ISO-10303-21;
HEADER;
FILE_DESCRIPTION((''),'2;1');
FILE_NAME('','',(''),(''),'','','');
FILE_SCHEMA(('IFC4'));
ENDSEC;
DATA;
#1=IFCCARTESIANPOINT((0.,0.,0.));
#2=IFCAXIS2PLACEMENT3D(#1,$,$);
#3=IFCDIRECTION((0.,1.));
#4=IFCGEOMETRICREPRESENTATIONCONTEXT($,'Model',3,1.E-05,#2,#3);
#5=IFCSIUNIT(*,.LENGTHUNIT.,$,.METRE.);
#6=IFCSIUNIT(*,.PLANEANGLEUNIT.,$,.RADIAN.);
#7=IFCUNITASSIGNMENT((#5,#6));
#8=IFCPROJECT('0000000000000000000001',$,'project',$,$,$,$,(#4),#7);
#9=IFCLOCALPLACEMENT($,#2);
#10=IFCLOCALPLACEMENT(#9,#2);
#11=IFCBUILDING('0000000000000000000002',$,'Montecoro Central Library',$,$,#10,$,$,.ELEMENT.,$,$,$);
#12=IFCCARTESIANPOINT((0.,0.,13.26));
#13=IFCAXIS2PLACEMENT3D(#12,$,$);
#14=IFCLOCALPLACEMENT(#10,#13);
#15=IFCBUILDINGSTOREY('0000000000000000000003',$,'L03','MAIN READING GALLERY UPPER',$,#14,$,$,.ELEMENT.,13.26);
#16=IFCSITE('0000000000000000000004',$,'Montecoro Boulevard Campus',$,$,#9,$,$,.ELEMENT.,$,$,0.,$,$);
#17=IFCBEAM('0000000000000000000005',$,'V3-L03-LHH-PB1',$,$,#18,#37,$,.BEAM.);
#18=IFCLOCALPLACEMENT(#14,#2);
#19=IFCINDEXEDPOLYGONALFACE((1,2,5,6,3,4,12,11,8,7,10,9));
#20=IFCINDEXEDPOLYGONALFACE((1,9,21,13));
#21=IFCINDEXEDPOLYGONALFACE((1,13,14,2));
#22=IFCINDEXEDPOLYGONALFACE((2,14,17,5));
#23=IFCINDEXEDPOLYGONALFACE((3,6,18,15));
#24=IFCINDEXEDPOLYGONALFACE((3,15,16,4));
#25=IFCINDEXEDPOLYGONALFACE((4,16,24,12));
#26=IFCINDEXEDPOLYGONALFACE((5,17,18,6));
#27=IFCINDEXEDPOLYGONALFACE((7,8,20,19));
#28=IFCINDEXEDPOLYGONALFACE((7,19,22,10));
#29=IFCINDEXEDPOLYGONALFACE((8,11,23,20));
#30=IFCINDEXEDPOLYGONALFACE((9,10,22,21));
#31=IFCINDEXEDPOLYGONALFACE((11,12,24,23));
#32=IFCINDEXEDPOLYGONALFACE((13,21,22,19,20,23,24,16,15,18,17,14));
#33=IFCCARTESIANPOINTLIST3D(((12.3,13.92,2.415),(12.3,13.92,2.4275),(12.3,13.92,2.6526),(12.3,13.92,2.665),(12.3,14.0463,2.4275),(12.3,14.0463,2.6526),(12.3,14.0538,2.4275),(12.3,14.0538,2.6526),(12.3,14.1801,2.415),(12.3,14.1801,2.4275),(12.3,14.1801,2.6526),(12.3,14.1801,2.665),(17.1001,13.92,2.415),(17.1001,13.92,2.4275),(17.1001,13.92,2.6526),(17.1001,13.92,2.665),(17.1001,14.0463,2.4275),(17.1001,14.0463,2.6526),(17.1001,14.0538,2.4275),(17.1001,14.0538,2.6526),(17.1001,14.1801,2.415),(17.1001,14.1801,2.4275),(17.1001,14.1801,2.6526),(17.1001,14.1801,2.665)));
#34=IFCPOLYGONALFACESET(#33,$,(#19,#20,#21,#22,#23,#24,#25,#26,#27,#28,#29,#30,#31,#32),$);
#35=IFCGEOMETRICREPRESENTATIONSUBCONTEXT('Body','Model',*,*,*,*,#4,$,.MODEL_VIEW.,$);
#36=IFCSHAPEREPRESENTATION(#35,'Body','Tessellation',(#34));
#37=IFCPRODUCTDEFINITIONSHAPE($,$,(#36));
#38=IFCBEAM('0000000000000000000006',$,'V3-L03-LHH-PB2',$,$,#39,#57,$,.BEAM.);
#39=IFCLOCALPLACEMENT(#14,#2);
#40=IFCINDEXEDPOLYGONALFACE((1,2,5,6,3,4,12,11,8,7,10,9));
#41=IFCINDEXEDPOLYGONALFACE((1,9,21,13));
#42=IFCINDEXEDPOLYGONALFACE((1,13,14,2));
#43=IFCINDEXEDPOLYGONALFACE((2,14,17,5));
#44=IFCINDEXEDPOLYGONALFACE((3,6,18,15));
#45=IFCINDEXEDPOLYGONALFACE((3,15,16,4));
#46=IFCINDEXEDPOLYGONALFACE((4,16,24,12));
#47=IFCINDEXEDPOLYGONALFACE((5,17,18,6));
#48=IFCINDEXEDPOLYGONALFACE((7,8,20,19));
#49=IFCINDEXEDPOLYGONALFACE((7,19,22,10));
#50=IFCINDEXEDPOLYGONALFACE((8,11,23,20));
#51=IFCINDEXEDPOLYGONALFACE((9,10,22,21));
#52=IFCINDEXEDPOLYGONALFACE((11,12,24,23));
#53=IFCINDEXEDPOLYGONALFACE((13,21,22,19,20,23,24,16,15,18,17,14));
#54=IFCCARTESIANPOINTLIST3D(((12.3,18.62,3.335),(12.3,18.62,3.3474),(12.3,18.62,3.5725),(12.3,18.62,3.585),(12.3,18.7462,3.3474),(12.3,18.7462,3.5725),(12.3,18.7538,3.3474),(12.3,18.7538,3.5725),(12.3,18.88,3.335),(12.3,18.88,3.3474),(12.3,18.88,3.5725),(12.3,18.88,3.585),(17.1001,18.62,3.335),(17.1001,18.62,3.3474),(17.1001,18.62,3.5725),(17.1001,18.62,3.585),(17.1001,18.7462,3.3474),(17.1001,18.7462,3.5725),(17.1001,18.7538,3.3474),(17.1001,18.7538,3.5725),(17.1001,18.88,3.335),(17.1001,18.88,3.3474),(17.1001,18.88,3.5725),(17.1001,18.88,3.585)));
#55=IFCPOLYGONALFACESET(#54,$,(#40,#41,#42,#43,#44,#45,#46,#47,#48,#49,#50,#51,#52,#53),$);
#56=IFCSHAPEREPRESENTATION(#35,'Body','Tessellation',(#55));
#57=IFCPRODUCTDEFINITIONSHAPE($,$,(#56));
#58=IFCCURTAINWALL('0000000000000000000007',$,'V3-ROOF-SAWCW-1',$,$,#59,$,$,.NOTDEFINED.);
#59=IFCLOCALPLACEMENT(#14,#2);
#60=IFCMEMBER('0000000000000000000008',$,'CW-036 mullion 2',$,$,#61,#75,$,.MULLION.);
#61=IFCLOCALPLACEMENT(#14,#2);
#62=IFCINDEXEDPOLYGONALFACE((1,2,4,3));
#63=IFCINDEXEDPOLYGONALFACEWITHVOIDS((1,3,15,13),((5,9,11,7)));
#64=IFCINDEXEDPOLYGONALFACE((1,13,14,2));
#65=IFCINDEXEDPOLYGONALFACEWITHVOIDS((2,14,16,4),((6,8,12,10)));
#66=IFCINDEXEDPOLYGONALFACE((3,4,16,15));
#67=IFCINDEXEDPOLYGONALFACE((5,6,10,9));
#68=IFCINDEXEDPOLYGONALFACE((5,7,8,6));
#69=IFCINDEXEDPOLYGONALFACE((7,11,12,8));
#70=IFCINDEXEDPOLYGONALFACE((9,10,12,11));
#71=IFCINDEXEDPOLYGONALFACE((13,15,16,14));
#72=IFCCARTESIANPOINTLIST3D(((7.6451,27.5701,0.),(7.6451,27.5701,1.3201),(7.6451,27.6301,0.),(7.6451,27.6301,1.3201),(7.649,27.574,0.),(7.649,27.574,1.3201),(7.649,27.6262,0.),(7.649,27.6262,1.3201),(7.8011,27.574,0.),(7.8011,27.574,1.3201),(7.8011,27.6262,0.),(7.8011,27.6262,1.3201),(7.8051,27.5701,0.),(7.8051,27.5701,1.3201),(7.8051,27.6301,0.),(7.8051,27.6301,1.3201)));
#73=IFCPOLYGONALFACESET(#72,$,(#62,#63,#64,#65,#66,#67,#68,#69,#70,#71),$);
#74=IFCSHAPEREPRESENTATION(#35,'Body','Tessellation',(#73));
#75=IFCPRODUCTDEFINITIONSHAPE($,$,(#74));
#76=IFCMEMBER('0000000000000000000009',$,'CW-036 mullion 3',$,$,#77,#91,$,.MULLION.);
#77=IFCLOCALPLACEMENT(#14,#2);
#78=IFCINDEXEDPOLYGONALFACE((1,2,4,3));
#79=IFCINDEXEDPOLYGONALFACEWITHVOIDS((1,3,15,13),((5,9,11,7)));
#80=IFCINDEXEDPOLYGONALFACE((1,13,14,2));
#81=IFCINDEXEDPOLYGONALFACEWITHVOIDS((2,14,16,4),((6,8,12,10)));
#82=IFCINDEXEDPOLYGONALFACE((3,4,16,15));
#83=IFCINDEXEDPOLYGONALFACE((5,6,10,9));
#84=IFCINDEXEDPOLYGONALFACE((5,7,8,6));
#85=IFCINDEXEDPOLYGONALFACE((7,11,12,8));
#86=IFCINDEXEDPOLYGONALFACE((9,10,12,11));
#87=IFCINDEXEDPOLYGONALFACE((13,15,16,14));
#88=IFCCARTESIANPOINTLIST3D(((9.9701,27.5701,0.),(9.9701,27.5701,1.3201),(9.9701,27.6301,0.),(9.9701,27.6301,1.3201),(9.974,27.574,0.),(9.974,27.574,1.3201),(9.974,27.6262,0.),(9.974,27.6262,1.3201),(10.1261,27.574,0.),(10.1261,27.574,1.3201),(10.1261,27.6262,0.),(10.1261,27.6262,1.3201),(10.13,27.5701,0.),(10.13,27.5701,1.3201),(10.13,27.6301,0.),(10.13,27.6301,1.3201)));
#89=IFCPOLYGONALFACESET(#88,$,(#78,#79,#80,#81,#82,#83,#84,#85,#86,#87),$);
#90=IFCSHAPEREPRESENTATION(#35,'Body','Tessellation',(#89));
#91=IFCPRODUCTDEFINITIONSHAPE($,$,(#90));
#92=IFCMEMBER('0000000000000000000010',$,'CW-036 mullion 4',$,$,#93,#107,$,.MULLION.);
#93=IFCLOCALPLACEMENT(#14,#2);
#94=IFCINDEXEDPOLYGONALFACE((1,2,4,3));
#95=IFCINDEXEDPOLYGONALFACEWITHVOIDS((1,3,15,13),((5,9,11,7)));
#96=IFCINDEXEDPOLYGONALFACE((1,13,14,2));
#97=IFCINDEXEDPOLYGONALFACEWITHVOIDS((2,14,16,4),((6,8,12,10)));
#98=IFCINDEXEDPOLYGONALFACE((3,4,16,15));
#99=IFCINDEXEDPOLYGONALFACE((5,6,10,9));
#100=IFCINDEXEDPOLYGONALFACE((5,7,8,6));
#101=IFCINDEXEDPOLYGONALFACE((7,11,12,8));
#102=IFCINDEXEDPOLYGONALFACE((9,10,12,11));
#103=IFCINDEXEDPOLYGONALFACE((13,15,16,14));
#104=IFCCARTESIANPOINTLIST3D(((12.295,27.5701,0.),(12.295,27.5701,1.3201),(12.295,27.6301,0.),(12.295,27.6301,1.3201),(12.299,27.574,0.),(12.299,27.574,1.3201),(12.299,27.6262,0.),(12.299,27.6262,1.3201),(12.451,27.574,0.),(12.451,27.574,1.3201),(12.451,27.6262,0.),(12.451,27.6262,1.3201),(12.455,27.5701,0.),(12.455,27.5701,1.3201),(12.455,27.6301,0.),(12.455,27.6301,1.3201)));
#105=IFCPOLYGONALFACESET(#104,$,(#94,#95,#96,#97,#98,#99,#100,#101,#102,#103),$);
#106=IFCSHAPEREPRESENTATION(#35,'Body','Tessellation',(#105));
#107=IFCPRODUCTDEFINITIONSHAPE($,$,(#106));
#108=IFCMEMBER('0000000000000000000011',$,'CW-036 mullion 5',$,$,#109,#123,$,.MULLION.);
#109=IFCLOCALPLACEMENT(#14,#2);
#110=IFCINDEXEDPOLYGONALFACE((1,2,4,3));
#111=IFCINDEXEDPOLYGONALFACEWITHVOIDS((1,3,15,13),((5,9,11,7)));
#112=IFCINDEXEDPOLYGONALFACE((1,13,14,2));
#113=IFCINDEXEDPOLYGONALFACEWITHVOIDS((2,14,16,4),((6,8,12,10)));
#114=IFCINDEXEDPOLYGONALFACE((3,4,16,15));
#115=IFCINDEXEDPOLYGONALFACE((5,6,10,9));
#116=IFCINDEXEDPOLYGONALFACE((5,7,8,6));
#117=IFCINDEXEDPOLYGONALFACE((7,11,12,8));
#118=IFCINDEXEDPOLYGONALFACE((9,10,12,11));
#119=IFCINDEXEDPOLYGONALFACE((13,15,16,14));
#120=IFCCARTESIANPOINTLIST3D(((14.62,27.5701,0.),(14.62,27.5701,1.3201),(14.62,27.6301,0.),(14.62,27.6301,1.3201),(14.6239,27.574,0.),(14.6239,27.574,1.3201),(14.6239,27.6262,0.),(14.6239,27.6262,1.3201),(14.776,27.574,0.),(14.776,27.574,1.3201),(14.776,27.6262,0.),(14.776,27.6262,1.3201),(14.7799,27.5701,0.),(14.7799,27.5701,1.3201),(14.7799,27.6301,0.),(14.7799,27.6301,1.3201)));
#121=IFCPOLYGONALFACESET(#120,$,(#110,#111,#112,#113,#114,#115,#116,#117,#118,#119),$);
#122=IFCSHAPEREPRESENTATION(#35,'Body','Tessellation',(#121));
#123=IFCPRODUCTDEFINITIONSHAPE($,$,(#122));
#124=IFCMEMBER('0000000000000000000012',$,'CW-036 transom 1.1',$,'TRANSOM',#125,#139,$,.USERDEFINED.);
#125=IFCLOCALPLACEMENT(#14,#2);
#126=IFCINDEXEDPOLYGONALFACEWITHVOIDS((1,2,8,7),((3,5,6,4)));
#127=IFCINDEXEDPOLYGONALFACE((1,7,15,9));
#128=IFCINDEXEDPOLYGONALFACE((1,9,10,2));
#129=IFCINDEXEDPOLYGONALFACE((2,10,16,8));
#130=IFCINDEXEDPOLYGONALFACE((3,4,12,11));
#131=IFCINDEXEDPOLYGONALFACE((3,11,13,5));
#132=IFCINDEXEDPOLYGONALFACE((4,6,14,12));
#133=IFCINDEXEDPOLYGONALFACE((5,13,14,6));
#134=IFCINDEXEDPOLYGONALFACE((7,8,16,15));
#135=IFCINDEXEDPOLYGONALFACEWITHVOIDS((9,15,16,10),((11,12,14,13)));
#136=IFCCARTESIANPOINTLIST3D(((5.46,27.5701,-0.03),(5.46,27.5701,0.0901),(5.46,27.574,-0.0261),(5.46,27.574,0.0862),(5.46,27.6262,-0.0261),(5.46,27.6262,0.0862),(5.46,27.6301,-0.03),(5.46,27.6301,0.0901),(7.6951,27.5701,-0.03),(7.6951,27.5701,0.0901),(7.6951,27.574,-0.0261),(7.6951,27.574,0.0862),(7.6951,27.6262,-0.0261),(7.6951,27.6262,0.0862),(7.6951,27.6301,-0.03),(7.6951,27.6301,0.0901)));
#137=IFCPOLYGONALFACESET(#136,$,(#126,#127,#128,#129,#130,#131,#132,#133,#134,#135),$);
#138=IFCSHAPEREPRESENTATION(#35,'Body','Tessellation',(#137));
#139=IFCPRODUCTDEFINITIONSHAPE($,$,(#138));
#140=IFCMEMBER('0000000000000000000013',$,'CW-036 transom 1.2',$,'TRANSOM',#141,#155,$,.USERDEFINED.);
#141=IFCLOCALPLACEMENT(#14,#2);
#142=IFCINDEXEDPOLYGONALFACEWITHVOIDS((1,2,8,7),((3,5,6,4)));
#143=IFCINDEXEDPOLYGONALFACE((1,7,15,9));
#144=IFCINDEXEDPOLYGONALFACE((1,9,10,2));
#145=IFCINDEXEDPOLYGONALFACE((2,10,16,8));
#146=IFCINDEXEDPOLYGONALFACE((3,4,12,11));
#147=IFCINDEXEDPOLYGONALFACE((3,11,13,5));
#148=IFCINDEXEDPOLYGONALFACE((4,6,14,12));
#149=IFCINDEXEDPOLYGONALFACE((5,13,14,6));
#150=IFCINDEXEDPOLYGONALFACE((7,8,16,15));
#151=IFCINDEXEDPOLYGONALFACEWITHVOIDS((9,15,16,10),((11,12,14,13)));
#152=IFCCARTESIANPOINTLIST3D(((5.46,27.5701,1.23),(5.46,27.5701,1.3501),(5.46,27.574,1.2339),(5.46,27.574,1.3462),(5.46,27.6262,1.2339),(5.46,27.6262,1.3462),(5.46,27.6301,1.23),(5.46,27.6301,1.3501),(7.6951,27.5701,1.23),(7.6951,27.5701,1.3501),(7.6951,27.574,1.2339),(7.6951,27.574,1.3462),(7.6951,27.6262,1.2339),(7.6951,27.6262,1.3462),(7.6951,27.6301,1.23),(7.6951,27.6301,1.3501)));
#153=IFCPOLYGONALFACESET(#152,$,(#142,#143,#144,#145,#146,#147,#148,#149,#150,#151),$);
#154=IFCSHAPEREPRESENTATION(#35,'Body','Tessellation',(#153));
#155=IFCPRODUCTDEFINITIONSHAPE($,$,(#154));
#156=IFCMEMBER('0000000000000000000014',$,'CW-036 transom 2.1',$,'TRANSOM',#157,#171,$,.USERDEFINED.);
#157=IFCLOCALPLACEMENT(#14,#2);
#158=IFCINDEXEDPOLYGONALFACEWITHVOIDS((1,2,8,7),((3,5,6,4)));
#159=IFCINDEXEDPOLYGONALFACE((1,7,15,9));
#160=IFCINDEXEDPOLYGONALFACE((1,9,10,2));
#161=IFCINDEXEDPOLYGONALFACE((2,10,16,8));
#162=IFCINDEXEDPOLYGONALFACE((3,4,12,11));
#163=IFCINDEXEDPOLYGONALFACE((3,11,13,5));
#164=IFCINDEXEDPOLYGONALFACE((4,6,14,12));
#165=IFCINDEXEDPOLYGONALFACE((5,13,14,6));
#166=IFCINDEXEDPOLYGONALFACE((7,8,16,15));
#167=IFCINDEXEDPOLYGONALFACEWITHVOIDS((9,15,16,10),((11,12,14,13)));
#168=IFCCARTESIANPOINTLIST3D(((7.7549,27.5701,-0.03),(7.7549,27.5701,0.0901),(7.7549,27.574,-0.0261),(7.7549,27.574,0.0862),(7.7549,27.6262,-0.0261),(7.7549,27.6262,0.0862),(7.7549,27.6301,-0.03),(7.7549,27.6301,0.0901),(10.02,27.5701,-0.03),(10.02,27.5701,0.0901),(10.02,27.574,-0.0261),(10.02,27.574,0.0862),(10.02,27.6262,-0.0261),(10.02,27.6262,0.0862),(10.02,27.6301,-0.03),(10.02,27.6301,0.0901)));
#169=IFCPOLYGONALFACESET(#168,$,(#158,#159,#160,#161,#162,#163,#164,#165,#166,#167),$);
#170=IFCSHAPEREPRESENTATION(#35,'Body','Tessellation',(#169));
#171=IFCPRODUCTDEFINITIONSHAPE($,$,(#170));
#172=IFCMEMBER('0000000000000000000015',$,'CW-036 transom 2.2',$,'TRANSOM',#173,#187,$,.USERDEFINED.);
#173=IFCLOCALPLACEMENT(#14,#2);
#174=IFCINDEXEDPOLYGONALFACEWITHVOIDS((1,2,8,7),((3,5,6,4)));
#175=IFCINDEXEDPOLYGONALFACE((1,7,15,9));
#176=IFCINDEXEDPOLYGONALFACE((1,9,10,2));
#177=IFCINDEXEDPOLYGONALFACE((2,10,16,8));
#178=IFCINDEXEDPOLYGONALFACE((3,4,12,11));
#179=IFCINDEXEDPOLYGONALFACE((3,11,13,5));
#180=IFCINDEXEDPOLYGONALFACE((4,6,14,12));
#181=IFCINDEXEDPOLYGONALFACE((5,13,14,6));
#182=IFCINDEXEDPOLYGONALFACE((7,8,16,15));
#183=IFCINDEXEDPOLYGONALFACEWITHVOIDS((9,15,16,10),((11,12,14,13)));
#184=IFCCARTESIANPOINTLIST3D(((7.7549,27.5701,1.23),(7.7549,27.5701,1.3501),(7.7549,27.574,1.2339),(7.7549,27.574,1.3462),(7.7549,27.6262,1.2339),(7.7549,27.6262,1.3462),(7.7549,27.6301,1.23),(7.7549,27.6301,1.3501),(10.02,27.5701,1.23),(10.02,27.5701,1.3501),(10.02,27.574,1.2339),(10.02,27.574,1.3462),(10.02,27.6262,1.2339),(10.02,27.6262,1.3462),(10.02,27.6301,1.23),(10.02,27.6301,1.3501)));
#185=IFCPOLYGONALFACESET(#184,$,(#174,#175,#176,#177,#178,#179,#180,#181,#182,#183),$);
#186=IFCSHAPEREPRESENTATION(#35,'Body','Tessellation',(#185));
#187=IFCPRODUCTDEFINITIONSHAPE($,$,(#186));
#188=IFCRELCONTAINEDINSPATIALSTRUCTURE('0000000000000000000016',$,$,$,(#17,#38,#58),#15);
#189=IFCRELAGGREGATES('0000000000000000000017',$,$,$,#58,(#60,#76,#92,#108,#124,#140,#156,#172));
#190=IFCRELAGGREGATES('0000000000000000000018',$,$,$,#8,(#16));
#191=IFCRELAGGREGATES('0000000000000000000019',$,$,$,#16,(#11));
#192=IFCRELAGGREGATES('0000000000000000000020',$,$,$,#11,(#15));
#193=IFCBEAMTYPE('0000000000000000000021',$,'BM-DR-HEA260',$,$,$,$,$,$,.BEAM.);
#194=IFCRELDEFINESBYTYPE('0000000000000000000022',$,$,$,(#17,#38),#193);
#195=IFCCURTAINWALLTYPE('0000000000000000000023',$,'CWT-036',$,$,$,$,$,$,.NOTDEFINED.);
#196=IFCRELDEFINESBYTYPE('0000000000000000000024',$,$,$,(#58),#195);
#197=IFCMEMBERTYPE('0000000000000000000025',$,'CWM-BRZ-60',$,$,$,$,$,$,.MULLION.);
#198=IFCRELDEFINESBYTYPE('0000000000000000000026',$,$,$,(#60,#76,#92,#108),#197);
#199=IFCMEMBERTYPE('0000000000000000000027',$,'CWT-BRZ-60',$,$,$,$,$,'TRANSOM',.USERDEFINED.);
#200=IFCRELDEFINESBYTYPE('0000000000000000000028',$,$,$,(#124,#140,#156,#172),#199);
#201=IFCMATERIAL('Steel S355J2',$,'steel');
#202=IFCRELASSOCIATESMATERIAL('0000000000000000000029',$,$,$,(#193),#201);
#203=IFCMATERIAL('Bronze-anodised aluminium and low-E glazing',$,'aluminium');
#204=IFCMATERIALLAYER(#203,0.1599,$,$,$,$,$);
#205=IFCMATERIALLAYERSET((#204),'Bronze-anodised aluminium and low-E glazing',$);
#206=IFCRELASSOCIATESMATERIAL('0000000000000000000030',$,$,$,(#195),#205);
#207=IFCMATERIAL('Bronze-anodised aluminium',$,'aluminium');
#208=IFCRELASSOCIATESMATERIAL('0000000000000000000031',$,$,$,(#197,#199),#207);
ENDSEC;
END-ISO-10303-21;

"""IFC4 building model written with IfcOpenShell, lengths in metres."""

from ifc_helpers import new_model, si_unit, direction, frame, origin, origin_2d, place, context, subcontext, project, spatial, hollow_rectangle, i_section, extrude, material, layer, layer_set, material_profile, profile_set, type_object, element, aggregate, save


model = new_model("IFC4")

# Units and contexts
model_context = context("Model", 3, precision=1e-05, world=origin(), true_north=direction((0.0, 1.0)))
body_context = subcontext(model_context, "Body", "Model", "MODEL_VIEW")
ifc_project = project(units=[si_unit("LENGTHUNIT", "METRE"), si_unit("PLANEANGLEUNIT", "RADIAN")], contexts=[model_context])

# Site, building, storey
site_placement = place(None, origin())
site = spatial("IfcSite", under=ifc_project, at=site_placement, Name="Montecoro Boulevard Campus", CompositionType="ELEMENT", RefElevation=0.0)
building_placement = place(site_placement, origin())
building = spatial("IfcBuilding", under=site, at=building_placement, Name="Montecoro Central Library", CompositionType="ELEMENT")
storey_placement = place(building_placement, frame((0.0, 0.0, 13.26)))
storey = spatial("IfcBuildingStorey", under=building, at=storey_placement, Name="L03", Description="MAIN READING GALLERY UPPER", CompositionType="ELEMENT", Elevation=13.26)

# Beams
ifc_material_1 = material(Name="Steel S355J2", Category="steel")
ifc_material_profile_1 = material_profile(ifc_material_1, i_section(OverallWidth=0.26, OverallDepth=0.25, WebThickness=0.0076, FlangeThickness=0.0125, at=origin_2d()), Name="HEA 260")
ifc_profile_set_1 = profile_set([ifc_material_profile_1], Name="Steel S355J2")
beam_type = type_object("IfcBeamType", Name="BM-DR-HEA260", PredefinedType="BEAM", material=ifc_profile_set_1)
for number, where, z_axis, x_axis, name in (
    (1, (12.3, 14.05, 2.54), (1.0, 0.0, 0.0), (0.0, 1.0, 0.0), "V3-L03-LHH-PB1"),
    (2, (12.3, 18.75, 3.46), (1.0, 0.0, 0.0), (0.0, 1.0, 0.0), "V3-L03-LHH-PB2"),
):
    element("IfcBeam", number, at=place(storey_placement, frame(where, z_axis=z_axis, x_axis=x_axis)), inside=storey, type_object=beam_type, Name=name, PredefinedType="BEAM", context=body_context, shape_type="SweptSolid", body=[
        extrude(i_section(OverallWidth=0.26, OverallDepth=0.25, WebThickness=0.0076, FlangeThickness=0.0125, at=origin_2d()), origin(), (0.0, 0.0, 1.0), 4.8),
    ])

# Curtain wall, members
ifc_material_2 = material(Name="Bronze-anodised aluminium and low-E glazing", Category="aluminium")
ifc_layer_1 = layer(ifc_material_2, 0.1599)
ifc_layer_set_1 = layer_set([ifc_layer_1], Name="Bronze-anodised aluminium and low-E glazing")
curtain_wall_type = type_object("IfcCurtainWallType", Name="CWT-036", PredefinedType="NOTDEFINED", material=ifc_layer_set_1)
curtain_wall_placement = place(storey_placement, origin())
curtain_wall = element("IfcCurtainWall", 3, at=curtain_wall_placement, inside=storey, type_object=curtain_wall_type, Name="V3-ROOF-SAWCW-1", PredefinedType="NOTDEFINED")
ifc_material_3 = material(Name="Bronze-anodised aluminium", Category="aluminium")
ifc_material_profile_2 = material_profile(ifc_material_3, hollow_rectangle(XDim=0.0601, YDim=0.1599, WallThickness=0.0039, at=origin_2d()), Name="CWM 160x60x4.0")
ifc_profile_set_2 = profile_set([ifc_material_profile_2], Name="Bronze-anodised aluminium")
member_type_1 = type_object("IfcMemberType", Name="CWM-BRZ-60", PredefinedType="MULLION", material=ifc_profile_set_2)
member_1_placement = place(storey_placement, frame((7.7251, 27.6001, 0.0), z_axis=(0.0, 0.0, 1.0), x_axis=(0.0, 1.0, 0.0)))
member_1 = element("IfcMember", 4, at=member_1_placement, type_object=member_type_1, Name="CW-036 mullion 2", PredefinedType="MULLION", context=body_context, shape_type="SweptSolid", body=[
    extrude(hollow_rectangle(XDim=0.0601, YDim=0.1599, WallThickness=0.0039, at=origin_2d()), origin(), (0.0, 0.0, 1.0), 1.3201),
])
member_2_placement = place(storey_placement, frame((10.05, 27.6001, 0.0), z_axis=(0.0, 0.0, 1.0), x_axis=(0.0, 1.0, 0.0)))
member_2 = element("IfcMember", 5, at=member_2_placement, type_object=member_type_1, Name="CW-036 mullion 3", PredefinedType="MULLION", context=body_context, shape_type="SweptSolid", body=[
    extrude(hollow_rectangle(XDim=0.0601, YDim=0.1599, WallThickness=0.0039, at=origin_2d()), origin(), (0.0, 0.0, 1.0), 1.3201),
])
member_3_placement = place(storey_placement, frame((12.375, 27.6001, 0.0), z_axis=(0.0, 0.0, 1.0), x_axis=(0.0, 1.0, 0.0)))
member_3 = element("IfcMember", 6, at=member_3_placement, type_object=member_type_1, Name="CW-036 mullion 4", PredefinedType="MULLION", context=body_context, shape_type="SweptSolid", body=[
    extrude(hollow_rectangle(XDim=0.0601, YDim=0.1599, WallThickness=0.0039, at=origin_2d()), origin(), (0.0, 0.0, 1.0), 1.3201),
])
member_4_placement = place(storey_placement, frame((14.7, 27.6001, 0.0), z_axis=(0.0, 0.0, 1.0), x_axis=(0.0, 1.0, 0.0)))
member_4 = element("IfcMember", 7, at=member_4_placement, type_object=member_type_1, Name="CW-036 mullion 5", PredefinedType="MULLION", context=body_context, shape_type="SweptSolid", body=[
    extrude(hollow_rectangle(XDim=0.0601, YDim=0.1599, WallThickness=0.0039, at=origin_2d()), origin(), (0.0, 0.0, 1.0), 1.3201),
])
ifc_material_profile_3 = material_profile(ifc_material_3, hollow_rectangle(XDim=0.0601, YDim=0.1201, WallThickness=0.0039, at=origin_2d()), Name="CWT 120x60x4.0")
ifc_profile_set_3 = profile_set([ifc_material_profile_3], Name="Bronze-anodised aluminium")
member_type_2 = type_object("IfcMemberType", Name="CWT-BRZ-60", ElementType="TRANSOM", PredefinedType="USERDEFINED", material=ifc_profile_set_3)
member_5_placement = place(storey_placement, frame((5.46, 27.6001, 0.03), z_axis=(1.0, 0.0, 0.0), x_axis=(0.0, 1.0, 0.0)))
member_5 = element("IfcMember", 8, at=member_5_placement, type_object=member_type_2, Name="CW-036 transom 1.1", ObjectType="TRANSOM", PredefinedType="USERDEFINED", context=body_context, shape_type="SweptSolid", body=[
    extrude(hollow_rectangle(XDim=0.0601, YDim=0.1201, WallThickness=0.0039, at=origin_2d()), origin(), (0.0, 0.0, 1.0), 2.2351),
])
member_6_placement = place(storey_placement, frame((5.46, 27.6001, 1.29), z_axis=(1.0, 0.0, 0.0), x_axis=(0.0, 1.0, 0.0)))
member_6 = element("IfcMember", 9, at=member_6_placement, type_object=member_type_2, Name="CW-036 transom 1.2", ObjectType="TRANSOM", PredefinedType="USERDEFINED", context=body_context, shape_type="SweptSolid", body=[
    extrude(hollow_rectangle(XDim=0.0601, YDim=0.1201, WallThickness=0.0039, at=origin_2d()), origin(), (0.0, 0.0, 1.0), 2.2351),
])
member_7_placement = place(storey_placement, frame((7.7549, 27.6001, 0.03), z_axis=(1.0, 0.0, 0.0), x_axis=(0.0, 1.0, 0.0)))
member_7 = element("IfcMember", 10, at=member_7_placement, type_object=member_type_2, Name="CW-036 transom 2.1", ObjectType="TRANSOM", PredefinedType="USERDEFINED", context=body_context, shape_type="SweptSolid", body=[
    extrude(hollow_rectangle(XDim=0.0601, YDim=0.1201, WallThickness=0.0039, at=origin_2d()), origin(), (0.0, 0.0, 1.0), 2.2651),
])
member_8_placement = place(storey_placement, frame((7.7549, 27.6001, 1.29), z_axis=(1.0, 0.0, 0.0), x_axis=(0.0, 1.0, 0.0)))
member_8 = element("IfcMember", 11, at=member_8_placement, type_object=member_type_2, Name="CW-036 transom 2.2", ObjectType="TRANSOM", PredefinedType="USERDEFINED", context=body_context, shape_type="SweptSolid", body=[
    extrude(hollow_rectangle(XDim=0.0601, YDim=0.1201, WallThickness=0.0039, at=origin_2d()), origin(), (0.0, 0.0, 1.0), 2.2651),
])

aggregate(curtain_wall, [member_1, member_2, member_3, member_4, member_5, member_6, member_7, member_8])

save(model, "model.ifc")
